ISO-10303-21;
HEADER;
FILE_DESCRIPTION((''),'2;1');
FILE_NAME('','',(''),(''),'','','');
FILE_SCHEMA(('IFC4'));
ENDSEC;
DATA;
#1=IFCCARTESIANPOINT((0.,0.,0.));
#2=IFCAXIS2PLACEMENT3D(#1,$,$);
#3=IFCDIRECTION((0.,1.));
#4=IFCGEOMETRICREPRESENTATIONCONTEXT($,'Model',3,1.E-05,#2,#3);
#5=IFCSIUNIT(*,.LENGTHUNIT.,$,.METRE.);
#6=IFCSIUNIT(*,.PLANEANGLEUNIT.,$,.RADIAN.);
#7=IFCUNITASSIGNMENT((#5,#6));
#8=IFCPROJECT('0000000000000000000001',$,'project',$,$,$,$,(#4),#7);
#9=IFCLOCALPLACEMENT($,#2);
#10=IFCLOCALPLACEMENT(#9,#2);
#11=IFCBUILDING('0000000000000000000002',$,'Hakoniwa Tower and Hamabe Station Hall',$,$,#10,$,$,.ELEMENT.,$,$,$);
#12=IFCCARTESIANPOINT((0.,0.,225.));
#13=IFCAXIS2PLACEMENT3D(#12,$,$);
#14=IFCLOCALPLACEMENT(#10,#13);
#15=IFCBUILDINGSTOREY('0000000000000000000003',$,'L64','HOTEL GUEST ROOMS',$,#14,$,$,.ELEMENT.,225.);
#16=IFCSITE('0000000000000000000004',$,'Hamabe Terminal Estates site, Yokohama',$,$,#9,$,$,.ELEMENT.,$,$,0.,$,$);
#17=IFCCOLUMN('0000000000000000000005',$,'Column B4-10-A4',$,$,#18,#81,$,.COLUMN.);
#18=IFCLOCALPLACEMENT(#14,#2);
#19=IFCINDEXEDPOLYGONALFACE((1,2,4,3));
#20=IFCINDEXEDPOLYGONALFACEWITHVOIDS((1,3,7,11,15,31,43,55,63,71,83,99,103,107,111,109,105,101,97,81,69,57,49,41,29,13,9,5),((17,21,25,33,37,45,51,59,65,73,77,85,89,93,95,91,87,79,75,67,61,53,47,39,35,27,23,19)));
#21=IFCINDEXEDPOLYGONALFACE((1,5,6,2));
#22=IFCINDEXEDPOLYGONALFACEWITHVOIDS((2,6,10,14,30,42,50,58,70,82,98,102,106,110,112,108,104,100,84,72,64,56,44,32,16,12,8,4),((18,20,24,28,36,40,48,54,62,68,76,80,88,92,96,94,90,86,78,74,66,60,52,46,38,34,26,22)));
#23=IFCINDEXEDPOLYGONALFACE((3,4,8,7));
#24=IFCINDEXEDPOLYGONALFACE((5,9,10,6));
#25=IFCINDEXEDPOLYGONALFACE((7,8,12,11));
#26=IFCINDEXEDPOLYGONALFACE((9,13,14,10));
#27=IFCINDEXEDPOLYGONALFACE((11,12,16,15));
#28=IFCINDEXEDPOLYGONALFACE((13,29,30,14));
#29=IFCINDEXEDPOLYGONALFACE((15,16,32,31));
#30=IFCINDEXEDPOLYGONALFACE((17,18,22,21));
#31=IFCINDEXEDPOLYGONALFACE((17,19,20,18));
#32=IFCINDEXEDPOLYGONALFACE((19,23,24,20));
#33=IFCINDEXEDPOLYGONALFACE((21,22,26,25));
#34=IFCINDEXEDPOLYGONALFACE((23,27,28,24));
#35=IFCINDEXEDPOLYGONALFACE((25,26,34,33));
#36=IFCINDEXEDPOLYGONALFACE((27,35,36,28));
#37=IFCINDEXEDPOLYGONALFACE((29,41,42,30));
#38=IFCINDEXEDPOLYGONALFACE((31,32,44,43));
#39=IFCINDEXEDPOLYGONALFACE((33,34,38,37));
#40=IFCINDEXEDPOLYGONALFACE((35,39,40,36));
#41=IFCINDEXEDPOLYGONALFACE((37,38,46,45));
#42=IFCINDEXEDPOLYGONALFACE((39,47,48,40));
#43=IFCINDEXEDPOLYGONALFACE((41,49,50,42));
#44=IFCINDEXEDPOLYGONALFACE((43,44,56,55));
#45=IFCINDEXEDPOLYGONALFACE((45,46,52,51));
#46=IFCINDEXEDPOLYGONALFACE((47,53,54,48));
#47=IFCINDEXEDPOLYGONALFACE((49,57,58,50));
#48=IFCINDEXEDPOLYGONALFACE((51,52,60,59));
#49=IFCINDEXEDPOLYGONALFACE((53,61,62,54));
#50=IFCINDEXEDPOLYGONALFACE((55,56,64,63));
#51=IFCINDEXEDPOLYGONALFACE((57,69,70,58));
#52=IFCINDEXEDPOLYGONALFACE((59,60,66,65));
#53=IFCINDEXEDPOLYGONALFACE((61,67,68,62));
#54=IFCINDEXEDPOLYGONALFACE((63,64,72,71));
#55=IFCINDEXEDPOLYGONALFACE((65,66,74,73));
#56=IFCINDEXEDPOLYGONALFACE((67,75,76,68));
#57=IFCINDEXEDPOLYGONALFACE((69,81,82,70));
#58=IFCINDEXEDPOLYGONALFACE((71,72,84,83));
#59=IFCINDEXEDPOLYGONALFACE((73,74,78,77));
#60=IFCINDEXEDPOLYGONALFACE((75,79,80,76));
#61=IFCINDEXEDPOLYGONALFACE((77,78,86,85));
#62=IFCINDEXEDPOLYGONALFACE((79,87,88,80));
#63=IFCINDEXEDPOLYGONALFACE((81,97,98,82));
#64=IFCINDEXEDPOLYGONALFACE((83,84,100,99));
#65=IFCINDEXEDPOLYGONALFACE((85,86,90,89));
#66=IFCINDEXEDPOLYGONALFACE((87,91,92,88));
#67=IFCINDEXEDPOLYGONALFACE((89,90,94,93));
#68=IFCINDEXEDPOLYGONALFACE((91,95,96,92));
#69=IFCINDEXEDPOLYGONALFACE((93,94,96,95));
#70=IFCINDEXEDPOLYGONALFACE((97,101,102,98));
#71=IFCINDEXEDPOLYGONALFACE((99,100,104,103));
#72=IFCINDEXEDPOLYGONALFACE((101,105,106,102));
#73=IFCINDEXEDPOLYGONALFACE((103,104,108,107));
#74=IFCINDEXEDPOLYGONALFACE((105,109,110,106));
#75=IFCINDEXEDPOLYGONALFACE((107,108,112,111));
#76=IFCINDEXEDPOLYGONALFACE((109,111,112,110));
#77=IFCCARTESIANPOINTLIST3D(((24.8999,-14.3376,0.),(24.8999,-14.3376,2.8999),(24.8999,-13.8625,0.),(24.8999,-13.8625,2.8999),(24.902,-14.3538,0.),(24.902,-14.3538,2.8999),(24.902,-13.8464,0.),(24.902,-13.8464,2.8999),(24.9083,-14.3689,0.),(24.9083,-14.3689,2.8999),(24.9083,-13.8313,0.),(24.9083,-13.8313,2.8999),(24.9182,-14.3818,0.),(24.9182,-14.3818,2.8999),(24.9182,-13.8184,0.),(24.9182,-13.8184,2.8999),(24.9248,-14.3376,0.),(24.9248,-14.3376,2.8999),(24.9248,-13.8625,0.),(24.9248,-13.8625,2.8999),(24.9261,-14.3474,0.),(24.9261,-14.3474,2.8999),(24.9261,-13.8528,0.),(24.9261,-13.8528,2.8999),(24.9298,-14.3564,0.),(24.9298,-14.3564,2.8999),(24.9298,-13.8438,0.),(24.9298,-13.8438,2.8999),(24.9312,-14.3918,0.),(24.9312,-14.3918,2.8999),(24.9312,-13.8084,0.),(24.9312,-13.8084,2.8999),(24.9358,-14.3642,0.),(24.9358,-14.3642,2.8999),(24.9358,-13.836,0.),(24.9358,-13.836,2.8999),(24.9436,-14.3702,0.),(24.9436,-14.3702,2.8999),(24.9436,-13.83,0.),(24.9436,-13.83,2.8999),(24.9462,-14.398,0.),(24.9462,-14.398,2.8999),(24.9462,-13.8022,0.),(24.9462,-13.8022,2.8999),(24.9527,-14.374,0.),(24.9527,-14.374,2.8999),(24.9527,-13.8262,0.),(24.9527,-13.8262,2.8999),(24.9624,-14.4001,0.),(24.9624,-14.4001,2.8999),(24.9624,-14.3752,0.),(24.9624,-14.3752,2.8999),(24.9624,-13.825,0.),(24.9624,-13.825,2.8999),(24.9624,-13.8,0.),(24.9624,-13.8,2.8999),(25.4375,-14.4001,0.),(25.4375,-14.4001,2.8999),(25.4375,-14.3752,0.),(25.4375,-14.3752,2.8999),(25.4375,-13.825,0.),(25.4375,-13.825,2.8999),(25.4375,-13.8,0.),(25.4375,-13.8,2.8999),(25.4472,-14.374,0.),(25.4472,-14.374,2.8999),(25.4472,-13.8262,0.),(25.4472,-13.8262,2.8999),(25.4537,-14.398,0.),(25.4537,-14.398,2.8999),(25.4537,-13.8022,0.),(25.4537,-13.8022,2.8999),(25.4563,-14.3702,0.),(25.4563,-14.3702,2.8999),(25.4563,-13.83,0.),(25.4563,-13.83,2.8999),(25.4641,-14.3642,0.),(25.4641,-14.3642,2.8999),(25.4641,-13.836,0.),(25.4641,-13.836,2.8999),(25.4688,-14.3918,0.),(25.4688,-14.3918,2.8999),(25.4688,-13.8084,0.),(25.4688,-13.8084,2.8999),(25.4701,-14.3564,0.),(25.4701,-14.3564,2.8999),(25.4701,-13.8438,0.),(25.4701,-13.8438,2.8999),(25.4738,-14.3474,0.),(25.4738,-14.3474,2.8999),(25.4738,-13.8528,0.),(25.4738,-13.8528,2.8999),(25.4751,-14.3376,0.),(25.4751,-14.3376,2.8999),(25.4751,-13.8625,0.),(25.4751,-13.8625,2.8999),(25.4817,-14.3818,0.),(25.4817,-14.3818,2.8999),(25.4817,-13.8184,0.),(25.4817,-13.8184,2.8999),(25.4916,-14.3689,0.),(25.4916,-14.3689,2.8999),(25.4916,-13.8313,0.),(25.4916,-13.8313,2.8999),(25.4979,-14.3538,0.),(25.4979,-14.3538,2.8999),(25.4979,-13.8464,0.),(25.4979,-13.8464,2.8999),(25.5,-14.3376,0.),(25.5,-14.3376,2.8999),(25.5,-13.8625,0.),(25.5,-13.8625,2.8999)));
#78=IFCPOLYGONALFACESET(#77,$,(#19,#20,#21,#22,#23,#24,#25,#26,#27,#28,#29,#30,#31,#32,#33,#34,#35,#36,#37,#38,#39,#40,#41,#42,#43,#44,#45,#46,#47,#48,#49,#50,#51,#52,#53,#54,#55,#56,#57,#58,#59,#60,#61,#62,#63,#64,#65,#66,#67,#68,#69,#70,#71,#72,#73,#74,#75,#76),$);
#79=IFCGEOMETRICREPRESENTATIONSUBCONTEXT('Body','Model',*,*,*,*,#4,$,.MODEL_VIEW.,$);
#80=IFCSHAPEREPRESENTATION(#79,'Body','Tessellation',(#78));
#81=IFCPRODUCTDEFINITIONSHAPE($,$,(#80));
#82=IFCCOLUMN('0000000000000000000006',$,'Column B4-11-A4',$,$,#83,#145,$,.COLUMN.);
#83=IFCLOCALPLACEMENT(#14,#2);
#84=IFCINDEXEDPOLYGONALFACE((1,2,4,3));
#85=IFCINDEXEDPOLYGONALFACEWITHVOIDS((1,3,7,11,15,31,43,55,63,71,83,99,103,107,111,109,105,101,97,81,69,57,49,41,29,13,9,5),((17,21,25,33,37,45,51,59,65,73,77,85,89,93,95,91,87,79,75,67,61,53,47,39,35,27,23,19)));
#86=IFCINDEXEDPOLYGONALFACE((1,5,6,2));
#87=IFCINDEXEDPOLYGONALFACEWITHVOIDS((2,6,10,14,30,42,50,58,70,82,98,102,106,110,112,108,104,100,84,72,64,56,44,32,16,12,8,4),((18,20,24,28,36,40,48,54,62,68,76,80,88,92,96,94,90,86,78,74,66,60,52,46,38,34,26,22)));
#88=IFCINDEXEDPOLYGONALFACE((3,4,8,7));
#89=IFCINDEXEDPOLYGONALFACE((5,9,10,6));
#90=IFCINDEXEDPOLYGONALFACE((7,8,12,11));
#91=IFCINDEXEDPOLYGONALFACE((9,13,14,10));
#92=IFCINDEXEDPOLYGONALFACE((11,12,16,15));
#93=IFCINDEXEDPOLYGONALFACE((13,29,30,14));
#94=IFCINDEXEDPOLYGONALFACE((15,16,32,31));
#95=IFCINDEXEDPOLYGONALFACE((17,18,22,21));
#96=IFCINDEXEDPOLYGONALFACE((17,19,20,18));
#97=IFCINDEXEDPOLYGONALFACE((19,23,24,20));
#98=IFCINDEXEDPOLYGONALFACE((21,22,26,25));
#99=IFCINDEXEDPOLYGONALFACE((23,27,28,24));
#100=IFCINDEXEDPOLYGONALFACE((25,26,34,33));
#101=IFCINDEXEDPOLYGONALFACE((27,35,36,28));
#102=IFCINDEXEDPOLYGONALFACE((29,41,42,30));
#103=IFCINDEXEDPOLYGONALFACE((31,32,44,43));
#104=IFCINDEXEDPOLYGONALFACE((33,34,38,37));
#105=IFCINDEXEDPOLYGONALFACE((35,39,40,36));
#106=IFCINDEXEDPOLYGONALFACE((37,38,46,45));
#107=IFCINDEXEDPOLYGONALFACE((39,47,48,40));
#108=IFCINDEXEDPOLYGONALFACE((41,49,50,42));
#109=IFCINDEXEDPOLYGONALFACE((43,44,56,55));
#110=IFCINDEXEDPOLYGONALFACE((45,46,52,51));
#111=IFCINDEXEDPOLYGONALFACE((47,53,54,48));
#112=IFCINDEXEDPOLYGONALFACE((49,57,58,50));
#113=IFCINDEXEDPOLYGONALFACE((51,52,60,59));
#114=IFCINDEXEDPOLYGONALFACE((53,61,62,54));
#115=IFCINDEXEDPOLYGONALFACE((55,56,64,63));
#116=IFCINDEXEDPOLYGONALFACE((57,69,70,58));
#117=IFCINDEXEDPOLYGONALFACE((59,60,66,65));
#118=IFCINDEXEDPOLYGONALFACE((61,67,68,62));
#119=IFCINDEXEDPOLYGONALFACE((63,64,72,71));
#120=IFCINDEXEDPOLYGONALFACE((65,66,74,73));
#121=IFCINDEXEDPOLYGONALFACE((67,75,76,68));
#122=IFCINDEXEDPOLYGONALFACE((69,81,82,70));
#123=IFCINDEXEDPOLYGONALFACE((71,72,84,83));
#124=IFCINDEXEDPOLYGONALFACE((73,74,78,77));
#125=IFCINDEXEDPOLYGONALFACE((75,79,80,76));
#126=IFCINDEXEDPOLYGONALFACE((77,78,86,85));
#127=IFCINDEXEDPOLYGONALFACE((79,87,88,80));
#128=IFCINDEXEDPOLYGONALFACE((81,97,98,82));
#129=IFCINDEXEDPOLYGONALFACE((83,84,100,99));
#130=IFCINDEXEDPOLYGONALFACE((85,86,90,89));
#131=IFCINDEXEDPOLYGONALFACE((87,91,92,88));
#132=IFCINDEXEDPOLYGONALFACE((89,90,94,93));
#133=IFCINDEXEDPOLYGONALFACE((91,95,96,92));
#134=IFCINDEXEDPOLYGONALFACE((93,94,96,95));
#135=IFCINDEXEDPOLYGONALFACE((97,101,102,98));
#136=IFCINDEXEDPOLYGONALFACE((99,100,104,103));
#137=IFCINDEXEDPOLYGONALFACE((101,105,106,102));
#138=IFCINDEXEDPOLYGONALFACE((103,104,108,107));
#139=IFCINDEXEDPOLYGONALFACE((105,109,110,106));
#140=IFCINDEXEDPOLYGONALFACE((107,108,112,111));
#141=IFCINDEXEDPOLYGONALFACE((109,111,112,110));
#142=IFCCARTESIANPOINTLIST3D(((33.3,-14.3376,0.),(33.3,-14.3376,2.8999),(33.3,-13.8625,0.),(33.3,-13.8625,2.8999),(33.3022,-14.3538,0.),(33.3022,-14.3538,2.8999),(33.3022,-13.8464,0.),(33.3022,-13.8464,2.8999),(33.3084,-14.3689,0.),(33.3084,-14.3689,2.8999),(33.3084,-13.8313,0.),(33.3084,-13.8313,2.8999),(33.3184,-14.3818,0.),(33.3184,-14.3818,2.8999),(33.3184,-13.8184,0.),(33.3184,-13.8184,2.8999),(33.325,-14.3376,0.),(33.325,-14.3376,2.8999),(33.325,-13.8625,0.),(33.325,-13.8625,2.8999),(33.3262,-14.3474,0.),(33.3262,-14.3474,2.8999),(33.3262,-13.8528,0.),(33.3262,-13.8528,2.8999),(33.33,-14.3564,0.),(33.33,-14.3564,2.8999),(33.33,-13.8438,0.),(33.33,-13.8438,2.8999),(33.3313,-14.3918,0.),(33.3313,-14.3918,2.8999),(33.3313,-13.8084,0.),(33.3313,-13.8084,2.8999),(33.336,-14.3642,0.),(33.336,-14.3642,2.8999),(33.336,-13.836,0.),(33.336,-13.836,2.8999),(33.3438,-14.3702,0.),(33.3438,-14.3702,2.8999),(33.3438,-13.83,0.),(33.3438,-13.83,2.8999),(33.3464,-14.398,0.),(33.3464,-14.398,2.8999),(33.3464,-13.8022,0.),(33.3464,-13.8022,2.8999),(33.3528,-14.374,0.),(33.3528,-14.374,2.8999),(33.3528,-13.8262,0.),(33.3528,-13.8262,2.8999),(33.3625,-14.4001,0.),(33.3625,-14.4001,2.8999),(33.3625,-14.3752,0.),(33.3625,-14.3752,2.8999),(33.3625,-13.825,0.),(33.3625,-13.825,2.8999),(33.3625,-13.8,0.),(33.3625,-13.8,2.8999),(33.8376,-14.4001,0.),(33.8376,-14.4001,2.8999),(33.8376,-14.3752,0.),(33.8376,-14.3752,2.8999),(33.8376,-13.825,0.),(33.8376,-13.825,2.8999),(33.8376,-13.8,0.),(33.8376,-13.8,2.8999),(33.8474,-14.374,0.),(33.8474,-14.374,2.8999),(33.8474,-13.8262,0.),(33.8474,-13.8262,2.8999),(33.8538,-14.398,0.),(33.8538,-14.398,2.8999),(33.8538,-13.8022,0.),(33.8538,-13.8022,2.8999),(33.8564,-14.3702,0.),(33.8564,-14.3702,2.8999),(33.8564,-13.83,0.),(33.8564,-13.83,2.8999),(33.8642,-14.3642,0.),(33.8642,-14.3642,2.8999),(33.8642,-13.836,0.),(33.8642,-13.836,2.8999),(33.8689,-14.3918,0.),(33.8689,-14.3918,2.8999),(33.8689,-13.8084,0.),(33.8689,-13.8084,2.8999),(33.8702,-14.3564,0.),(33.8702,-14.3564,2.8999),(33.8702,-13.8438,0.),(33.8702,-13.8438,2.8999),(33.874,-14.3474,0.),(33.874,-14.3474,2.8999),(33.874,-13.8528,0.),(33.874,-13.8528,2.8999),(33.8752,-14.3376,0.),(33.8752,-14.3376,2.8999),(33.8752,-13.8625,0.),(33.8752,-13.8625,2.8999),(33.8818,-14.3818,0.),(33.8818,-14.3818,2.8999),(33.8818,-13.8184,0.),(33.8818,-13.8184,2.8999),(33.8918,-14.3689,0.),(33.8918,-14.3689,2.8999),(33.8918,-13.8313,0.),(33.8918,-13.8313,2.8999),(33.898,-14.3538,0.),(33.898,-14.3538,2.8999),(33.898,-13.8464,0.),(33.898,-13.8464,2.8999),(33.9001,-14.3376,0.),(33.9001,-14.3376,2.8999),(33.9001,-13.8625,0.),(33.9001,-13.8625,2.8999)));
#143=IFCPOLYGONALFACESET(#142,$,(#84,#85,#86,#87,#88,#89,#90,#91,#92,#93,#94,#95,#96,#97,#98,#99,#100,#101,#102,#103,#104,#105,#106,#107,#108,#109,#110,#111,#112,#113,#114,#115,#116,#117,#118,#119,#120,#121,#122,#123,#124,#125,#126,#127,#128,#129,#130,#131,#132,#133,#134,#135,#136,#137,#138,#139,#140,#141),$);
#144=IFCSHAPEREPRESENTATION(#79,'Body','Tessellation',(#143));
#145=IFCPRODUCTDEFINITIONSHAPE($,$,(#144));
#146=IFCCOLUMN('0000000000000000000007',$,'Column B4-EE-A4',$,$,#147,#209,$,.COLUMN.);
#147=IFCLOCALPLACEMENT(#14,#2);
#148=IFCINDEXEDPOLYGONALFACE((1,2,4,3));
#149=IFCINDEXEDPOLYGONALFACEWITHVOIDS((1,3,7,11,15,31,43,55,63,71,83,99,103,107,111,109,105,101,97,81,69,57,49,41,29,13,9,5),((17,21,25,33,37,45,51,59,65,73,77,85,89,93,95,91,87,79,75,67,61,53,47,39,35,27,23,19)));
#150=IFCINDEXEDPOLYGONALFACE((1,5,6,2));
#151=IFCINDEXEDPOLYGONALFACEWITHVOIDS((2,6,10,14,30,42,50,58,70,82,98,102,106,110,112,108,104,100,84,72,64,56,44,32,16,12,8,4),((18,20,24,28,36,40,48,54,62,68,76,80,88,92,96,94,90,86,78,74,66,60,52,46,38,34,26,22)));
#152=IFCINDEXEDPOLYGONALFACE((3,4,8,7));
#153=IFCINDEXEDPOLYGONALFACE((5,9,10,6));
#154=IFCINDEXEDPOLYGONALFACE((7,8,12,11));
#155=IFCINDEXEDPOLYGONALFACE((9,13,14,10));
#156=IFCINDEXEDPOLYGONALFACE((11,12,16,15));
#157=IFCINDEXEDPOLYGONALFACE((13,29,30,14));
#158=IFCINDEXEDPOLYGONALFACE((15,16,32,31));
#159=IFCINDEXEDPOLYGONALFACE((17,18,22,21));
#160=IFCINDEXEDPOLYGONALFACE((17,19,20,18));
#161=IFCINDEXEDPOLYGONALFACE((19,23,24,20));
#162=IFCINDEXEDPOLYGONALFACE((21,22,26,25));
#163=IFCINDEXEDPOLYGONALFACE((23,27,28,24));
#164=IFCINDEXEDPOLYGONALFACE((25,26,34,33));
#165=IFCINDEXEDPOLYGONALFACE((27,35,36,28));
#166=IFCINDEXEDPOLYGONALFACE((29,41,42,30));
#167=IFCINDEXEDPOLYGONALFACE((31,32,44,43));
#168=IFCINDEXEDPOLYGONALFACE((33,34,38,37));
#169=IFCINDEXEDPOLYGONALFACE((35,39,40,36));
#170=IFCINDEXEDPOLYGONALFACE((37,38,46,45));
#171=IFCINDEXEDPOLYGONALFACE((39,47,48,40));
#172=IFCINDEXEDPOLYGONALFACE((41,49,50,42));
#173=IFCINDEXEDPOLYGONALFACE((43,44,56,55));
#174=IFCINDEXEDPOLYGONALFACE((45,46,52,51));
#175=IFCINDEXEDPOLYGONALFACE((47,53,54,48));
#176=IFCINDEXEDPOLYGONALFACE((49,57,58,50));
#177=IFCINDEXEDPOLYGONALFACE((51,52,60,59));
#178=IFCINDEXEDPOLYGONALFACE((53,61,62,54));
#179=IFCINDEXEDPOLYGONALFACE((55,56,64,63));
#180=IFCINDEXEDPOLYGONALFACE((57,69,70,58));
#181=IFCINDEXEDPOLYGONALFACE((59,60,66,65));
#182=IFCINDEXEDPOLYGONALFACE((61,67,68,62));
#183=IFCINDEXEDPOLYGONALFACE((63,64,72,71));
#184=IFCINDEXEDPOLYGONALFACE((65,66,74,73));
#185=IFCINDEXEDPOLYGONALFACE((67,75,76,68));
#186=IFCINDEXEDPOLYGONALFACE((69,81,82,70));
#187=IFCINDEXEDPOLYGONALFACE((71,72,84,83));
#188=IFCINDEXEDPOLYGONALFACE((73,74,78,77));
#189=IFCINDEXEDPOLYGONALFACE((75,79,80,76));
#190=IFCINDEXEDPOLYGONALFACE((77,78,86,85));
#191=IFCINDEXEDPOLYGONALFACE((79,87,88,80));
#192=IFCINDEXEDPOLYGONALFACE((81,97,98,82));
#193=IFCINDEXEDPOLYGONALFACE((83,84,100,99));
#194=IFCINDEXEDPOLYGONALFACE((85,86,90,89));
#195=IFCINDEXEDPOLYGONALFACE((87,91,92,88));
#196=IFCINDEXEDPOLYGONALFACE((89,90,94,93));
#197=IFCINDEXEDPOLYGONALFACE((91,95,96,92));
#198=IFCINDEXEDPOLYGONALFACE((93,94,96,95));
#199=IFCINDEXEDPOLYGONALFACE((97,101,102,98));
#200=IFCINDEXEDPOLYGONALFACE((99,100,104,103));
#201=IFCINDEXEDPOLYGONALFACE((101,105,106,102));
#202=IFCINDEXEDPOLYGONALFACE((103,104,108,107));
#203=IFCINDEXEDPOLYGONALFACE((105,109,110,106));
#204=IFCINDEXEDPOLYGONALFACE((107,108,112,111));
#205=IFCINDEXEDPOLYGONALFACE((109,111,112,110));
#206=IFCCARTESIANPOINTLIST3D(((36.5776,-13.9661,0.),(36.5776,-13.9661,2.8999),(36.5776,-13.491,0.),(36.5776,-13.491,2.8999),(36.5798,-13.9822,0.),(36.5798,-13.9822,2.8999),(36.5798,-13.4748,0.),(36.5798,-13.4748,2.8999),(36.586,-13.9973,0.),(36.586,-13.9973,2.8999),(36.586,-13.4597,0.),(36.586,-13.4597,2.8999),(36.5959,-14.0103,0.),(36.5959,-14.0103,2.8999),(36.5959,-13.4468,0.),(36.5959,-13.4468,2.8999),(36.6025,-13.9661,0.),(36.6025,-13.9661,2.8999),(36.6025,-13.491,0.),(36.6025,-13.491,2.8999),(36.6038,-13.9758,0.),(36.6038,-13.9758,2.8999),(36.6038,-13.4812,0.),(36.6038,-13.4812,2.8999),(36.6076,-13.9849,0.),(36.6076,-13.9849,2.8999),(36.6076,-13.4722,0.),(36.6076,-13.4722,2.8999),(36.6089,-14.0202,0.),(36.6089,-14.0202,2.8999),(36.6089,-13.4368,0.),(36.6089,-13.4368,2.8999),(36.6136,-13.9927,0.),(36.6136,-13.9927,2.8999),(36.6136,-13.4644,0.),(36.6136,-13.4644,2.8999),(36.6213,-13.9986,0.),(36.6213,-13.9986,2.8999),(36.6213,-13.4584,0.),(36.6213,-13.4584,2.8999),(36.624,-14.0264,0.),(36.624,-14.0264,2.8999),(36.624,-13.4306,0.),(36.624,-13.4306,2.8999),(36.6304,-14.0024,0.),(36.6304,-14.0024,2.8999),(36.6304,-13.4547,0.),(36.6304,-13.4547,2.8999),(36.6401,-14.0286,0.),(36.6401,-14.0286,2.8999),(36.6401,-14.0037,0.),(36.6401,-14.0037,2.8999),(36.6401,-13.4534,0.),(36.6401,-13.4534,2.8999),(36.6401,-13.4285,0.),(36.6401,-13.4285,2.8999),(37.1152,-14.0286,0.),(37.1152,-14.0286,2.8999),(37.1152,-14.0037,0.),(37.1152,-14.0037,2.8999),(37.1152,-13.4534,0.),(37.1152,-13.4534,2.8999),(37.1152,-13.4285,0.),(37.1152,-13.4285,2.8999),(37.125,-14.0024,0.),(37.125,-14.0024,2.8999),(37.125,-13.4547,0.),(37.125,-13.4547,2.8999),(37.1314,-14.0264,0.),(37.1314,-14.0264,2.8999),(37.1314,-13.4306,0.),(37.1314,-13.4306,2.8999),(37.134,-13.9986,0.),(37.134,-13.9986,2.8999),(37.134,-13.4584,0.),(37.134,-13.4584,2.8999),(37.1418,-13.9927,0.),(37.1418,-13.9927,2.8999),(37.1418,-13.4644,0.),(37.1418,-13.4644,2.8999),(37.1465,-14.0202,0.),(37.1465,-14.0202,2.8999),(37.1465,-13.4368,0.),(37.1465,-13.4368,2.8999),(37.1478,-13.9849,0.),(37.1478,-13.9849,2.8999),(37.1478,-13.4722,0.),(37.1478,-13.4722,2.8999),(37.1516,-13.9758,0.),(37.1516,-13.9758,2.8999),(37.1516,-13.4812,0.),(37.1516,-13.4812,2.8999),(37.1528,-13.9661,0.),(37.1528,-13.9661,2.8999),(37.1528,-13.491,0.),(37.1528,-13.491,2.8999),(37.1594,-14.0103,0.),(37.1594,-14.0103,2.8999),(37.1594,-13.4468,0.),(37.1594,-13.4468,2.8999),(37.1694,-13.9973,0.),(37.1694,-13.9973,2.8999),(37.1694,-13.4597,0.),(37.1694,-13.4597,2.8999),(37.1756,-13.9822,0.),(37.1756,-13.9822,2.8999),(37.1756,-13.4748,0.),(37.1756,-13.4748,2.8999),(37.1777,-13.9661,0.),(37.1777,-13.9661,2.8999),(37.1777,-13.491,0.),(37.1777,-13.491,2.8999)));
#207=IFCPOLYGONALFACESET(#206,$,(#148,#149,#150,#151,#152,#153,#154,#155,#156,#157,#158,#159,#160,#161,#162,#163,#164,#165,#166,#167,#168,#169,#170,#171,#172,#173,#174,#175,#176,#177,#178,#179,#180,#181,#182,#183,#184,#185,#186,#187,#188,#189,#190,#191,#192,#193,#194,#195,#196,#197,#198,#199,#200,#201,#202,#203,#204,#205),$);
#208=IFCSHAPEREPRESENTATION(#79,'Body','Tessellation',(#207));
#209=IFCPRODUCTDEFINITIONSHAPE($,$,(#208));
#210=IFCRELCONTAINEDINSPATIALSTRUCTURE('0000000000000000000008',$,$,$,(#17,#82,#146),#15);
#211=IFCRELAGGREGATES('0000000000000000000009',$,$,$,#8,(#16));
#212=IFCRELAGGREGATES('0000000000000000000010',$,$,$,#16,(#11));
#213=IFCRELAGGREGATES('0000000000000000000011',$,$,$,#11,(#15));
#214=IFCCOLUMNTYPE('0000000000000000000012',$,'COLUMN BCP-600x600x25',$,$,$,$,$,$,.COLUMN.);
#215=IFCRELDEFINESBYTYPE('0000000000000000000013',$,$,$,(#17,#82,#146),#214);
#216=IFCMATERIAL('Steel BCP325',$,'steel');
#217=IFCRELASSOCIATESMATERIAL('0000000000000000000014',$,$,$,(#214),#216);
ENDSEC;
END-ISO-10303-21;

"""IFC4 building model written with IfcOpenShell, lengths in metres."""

from ifc_helpers import new_model, si_unit, direction, frame, origin, origin_2d, place, context, subcontext, project, spatial, hollow_rectangle, extrude, material, material_profile, profile_set, type_object, element, save


model = new_model("IFC4")

# Units and contexts
model_context = context("Model", 3, precision=1e-05, world=origin(), true_north=direction((0.0, 1.0)))
body_context = subcontext(model_context, "Body", "Model", "MODEL_VIEW")
ifc_project = project(units=[si_unit("LENGTHUNIT", "METRE"), si_unit("PLANEANGLEUNIT", "RADIAN")], contexts=[model_context])

# Site, building, storey
site_placement = place(None, origin())
site = spatial("IfcSite", under=ifc_project, at=site_placement, Name="Hamabe Terminal Estates site, Yokohama", CompositionType="ELEMENT", RefElevation=0.0)
building_placement = place(site_placement, origin())
building = spatial("IfcBuilding", under=site, at=building_placement, Name="Hakoniwa Tower and Hamabe Station Hall", CompositionType="ELEMENT")
storey_placement = place(building_placement, frame((0.0, 0.0, 225.0)))
storey = spatial("IfcBuildingStorey", under=building, at=storey_placement, Name="L64", Description="HOTEL GUEST ROOMS", CompositionType="ELEMENT", Elevation=225.0)

# Columns
ifc_material_1 = material(Name="Steel BCP325", Category="steel")
ifc_material_profile_1 = material_profile(ifc_material_1, hollow_rectangle(XDim=0.6001, YDim=0.6001, WallThickness=0.0249, InnerFilletRadius=0.0376, OuterFilletRadius=0.0625, at=origin_2d()), Name="BCP-600x600x25")
ifc_profile_set_1 = profile_set([ifc_material_profile_1], Name="Steel BCP325")
column_type = type_object("IfcColumnType", Name="COLUMN BCP-600x600x25", PredefinedType="COLUMN", material=ifc_profile_set_1)
for number, where, z_axis, x_axis, name in (
    (1, (25.2, -14.1001, 0.0), (0.0, 0.0, 1.0), (1.0, 0.0, 0.0), "Column B4-10-A4"),
    (2, (33.6001, -14.1001, 0.0), (0.0, 0.0, 1.0), (1.0, 0.0, 0.0), "Column B4-11-A4"),
    (3, (36.8777, -13.7285, 0.0), (0.0, 0.0, 1.0), (1.0, 0.0, 0.0), "Column B4-EE-A4"),
):
    element("IfcColumn", number, at=place(storey_placement, frame(where, z_axis=z_axis, x_axis=x_axis)), inside=storey, type_object=column_type, Name=name, PredefinedType="COLUMN", context=body_context, shape_type="SweptSolid", body=[
        extrude(hollow_rectangle(XDim=0.6001, YDim=0.6001, WallThickness=0.0249, InnerFilletRadius=0.0376, OuterFilletRadius=0.0625, at=origin_2d()), origin(), (0.0, 0.0, 1.0), 2.8999),
    ])

save(model, "model.ifc")
